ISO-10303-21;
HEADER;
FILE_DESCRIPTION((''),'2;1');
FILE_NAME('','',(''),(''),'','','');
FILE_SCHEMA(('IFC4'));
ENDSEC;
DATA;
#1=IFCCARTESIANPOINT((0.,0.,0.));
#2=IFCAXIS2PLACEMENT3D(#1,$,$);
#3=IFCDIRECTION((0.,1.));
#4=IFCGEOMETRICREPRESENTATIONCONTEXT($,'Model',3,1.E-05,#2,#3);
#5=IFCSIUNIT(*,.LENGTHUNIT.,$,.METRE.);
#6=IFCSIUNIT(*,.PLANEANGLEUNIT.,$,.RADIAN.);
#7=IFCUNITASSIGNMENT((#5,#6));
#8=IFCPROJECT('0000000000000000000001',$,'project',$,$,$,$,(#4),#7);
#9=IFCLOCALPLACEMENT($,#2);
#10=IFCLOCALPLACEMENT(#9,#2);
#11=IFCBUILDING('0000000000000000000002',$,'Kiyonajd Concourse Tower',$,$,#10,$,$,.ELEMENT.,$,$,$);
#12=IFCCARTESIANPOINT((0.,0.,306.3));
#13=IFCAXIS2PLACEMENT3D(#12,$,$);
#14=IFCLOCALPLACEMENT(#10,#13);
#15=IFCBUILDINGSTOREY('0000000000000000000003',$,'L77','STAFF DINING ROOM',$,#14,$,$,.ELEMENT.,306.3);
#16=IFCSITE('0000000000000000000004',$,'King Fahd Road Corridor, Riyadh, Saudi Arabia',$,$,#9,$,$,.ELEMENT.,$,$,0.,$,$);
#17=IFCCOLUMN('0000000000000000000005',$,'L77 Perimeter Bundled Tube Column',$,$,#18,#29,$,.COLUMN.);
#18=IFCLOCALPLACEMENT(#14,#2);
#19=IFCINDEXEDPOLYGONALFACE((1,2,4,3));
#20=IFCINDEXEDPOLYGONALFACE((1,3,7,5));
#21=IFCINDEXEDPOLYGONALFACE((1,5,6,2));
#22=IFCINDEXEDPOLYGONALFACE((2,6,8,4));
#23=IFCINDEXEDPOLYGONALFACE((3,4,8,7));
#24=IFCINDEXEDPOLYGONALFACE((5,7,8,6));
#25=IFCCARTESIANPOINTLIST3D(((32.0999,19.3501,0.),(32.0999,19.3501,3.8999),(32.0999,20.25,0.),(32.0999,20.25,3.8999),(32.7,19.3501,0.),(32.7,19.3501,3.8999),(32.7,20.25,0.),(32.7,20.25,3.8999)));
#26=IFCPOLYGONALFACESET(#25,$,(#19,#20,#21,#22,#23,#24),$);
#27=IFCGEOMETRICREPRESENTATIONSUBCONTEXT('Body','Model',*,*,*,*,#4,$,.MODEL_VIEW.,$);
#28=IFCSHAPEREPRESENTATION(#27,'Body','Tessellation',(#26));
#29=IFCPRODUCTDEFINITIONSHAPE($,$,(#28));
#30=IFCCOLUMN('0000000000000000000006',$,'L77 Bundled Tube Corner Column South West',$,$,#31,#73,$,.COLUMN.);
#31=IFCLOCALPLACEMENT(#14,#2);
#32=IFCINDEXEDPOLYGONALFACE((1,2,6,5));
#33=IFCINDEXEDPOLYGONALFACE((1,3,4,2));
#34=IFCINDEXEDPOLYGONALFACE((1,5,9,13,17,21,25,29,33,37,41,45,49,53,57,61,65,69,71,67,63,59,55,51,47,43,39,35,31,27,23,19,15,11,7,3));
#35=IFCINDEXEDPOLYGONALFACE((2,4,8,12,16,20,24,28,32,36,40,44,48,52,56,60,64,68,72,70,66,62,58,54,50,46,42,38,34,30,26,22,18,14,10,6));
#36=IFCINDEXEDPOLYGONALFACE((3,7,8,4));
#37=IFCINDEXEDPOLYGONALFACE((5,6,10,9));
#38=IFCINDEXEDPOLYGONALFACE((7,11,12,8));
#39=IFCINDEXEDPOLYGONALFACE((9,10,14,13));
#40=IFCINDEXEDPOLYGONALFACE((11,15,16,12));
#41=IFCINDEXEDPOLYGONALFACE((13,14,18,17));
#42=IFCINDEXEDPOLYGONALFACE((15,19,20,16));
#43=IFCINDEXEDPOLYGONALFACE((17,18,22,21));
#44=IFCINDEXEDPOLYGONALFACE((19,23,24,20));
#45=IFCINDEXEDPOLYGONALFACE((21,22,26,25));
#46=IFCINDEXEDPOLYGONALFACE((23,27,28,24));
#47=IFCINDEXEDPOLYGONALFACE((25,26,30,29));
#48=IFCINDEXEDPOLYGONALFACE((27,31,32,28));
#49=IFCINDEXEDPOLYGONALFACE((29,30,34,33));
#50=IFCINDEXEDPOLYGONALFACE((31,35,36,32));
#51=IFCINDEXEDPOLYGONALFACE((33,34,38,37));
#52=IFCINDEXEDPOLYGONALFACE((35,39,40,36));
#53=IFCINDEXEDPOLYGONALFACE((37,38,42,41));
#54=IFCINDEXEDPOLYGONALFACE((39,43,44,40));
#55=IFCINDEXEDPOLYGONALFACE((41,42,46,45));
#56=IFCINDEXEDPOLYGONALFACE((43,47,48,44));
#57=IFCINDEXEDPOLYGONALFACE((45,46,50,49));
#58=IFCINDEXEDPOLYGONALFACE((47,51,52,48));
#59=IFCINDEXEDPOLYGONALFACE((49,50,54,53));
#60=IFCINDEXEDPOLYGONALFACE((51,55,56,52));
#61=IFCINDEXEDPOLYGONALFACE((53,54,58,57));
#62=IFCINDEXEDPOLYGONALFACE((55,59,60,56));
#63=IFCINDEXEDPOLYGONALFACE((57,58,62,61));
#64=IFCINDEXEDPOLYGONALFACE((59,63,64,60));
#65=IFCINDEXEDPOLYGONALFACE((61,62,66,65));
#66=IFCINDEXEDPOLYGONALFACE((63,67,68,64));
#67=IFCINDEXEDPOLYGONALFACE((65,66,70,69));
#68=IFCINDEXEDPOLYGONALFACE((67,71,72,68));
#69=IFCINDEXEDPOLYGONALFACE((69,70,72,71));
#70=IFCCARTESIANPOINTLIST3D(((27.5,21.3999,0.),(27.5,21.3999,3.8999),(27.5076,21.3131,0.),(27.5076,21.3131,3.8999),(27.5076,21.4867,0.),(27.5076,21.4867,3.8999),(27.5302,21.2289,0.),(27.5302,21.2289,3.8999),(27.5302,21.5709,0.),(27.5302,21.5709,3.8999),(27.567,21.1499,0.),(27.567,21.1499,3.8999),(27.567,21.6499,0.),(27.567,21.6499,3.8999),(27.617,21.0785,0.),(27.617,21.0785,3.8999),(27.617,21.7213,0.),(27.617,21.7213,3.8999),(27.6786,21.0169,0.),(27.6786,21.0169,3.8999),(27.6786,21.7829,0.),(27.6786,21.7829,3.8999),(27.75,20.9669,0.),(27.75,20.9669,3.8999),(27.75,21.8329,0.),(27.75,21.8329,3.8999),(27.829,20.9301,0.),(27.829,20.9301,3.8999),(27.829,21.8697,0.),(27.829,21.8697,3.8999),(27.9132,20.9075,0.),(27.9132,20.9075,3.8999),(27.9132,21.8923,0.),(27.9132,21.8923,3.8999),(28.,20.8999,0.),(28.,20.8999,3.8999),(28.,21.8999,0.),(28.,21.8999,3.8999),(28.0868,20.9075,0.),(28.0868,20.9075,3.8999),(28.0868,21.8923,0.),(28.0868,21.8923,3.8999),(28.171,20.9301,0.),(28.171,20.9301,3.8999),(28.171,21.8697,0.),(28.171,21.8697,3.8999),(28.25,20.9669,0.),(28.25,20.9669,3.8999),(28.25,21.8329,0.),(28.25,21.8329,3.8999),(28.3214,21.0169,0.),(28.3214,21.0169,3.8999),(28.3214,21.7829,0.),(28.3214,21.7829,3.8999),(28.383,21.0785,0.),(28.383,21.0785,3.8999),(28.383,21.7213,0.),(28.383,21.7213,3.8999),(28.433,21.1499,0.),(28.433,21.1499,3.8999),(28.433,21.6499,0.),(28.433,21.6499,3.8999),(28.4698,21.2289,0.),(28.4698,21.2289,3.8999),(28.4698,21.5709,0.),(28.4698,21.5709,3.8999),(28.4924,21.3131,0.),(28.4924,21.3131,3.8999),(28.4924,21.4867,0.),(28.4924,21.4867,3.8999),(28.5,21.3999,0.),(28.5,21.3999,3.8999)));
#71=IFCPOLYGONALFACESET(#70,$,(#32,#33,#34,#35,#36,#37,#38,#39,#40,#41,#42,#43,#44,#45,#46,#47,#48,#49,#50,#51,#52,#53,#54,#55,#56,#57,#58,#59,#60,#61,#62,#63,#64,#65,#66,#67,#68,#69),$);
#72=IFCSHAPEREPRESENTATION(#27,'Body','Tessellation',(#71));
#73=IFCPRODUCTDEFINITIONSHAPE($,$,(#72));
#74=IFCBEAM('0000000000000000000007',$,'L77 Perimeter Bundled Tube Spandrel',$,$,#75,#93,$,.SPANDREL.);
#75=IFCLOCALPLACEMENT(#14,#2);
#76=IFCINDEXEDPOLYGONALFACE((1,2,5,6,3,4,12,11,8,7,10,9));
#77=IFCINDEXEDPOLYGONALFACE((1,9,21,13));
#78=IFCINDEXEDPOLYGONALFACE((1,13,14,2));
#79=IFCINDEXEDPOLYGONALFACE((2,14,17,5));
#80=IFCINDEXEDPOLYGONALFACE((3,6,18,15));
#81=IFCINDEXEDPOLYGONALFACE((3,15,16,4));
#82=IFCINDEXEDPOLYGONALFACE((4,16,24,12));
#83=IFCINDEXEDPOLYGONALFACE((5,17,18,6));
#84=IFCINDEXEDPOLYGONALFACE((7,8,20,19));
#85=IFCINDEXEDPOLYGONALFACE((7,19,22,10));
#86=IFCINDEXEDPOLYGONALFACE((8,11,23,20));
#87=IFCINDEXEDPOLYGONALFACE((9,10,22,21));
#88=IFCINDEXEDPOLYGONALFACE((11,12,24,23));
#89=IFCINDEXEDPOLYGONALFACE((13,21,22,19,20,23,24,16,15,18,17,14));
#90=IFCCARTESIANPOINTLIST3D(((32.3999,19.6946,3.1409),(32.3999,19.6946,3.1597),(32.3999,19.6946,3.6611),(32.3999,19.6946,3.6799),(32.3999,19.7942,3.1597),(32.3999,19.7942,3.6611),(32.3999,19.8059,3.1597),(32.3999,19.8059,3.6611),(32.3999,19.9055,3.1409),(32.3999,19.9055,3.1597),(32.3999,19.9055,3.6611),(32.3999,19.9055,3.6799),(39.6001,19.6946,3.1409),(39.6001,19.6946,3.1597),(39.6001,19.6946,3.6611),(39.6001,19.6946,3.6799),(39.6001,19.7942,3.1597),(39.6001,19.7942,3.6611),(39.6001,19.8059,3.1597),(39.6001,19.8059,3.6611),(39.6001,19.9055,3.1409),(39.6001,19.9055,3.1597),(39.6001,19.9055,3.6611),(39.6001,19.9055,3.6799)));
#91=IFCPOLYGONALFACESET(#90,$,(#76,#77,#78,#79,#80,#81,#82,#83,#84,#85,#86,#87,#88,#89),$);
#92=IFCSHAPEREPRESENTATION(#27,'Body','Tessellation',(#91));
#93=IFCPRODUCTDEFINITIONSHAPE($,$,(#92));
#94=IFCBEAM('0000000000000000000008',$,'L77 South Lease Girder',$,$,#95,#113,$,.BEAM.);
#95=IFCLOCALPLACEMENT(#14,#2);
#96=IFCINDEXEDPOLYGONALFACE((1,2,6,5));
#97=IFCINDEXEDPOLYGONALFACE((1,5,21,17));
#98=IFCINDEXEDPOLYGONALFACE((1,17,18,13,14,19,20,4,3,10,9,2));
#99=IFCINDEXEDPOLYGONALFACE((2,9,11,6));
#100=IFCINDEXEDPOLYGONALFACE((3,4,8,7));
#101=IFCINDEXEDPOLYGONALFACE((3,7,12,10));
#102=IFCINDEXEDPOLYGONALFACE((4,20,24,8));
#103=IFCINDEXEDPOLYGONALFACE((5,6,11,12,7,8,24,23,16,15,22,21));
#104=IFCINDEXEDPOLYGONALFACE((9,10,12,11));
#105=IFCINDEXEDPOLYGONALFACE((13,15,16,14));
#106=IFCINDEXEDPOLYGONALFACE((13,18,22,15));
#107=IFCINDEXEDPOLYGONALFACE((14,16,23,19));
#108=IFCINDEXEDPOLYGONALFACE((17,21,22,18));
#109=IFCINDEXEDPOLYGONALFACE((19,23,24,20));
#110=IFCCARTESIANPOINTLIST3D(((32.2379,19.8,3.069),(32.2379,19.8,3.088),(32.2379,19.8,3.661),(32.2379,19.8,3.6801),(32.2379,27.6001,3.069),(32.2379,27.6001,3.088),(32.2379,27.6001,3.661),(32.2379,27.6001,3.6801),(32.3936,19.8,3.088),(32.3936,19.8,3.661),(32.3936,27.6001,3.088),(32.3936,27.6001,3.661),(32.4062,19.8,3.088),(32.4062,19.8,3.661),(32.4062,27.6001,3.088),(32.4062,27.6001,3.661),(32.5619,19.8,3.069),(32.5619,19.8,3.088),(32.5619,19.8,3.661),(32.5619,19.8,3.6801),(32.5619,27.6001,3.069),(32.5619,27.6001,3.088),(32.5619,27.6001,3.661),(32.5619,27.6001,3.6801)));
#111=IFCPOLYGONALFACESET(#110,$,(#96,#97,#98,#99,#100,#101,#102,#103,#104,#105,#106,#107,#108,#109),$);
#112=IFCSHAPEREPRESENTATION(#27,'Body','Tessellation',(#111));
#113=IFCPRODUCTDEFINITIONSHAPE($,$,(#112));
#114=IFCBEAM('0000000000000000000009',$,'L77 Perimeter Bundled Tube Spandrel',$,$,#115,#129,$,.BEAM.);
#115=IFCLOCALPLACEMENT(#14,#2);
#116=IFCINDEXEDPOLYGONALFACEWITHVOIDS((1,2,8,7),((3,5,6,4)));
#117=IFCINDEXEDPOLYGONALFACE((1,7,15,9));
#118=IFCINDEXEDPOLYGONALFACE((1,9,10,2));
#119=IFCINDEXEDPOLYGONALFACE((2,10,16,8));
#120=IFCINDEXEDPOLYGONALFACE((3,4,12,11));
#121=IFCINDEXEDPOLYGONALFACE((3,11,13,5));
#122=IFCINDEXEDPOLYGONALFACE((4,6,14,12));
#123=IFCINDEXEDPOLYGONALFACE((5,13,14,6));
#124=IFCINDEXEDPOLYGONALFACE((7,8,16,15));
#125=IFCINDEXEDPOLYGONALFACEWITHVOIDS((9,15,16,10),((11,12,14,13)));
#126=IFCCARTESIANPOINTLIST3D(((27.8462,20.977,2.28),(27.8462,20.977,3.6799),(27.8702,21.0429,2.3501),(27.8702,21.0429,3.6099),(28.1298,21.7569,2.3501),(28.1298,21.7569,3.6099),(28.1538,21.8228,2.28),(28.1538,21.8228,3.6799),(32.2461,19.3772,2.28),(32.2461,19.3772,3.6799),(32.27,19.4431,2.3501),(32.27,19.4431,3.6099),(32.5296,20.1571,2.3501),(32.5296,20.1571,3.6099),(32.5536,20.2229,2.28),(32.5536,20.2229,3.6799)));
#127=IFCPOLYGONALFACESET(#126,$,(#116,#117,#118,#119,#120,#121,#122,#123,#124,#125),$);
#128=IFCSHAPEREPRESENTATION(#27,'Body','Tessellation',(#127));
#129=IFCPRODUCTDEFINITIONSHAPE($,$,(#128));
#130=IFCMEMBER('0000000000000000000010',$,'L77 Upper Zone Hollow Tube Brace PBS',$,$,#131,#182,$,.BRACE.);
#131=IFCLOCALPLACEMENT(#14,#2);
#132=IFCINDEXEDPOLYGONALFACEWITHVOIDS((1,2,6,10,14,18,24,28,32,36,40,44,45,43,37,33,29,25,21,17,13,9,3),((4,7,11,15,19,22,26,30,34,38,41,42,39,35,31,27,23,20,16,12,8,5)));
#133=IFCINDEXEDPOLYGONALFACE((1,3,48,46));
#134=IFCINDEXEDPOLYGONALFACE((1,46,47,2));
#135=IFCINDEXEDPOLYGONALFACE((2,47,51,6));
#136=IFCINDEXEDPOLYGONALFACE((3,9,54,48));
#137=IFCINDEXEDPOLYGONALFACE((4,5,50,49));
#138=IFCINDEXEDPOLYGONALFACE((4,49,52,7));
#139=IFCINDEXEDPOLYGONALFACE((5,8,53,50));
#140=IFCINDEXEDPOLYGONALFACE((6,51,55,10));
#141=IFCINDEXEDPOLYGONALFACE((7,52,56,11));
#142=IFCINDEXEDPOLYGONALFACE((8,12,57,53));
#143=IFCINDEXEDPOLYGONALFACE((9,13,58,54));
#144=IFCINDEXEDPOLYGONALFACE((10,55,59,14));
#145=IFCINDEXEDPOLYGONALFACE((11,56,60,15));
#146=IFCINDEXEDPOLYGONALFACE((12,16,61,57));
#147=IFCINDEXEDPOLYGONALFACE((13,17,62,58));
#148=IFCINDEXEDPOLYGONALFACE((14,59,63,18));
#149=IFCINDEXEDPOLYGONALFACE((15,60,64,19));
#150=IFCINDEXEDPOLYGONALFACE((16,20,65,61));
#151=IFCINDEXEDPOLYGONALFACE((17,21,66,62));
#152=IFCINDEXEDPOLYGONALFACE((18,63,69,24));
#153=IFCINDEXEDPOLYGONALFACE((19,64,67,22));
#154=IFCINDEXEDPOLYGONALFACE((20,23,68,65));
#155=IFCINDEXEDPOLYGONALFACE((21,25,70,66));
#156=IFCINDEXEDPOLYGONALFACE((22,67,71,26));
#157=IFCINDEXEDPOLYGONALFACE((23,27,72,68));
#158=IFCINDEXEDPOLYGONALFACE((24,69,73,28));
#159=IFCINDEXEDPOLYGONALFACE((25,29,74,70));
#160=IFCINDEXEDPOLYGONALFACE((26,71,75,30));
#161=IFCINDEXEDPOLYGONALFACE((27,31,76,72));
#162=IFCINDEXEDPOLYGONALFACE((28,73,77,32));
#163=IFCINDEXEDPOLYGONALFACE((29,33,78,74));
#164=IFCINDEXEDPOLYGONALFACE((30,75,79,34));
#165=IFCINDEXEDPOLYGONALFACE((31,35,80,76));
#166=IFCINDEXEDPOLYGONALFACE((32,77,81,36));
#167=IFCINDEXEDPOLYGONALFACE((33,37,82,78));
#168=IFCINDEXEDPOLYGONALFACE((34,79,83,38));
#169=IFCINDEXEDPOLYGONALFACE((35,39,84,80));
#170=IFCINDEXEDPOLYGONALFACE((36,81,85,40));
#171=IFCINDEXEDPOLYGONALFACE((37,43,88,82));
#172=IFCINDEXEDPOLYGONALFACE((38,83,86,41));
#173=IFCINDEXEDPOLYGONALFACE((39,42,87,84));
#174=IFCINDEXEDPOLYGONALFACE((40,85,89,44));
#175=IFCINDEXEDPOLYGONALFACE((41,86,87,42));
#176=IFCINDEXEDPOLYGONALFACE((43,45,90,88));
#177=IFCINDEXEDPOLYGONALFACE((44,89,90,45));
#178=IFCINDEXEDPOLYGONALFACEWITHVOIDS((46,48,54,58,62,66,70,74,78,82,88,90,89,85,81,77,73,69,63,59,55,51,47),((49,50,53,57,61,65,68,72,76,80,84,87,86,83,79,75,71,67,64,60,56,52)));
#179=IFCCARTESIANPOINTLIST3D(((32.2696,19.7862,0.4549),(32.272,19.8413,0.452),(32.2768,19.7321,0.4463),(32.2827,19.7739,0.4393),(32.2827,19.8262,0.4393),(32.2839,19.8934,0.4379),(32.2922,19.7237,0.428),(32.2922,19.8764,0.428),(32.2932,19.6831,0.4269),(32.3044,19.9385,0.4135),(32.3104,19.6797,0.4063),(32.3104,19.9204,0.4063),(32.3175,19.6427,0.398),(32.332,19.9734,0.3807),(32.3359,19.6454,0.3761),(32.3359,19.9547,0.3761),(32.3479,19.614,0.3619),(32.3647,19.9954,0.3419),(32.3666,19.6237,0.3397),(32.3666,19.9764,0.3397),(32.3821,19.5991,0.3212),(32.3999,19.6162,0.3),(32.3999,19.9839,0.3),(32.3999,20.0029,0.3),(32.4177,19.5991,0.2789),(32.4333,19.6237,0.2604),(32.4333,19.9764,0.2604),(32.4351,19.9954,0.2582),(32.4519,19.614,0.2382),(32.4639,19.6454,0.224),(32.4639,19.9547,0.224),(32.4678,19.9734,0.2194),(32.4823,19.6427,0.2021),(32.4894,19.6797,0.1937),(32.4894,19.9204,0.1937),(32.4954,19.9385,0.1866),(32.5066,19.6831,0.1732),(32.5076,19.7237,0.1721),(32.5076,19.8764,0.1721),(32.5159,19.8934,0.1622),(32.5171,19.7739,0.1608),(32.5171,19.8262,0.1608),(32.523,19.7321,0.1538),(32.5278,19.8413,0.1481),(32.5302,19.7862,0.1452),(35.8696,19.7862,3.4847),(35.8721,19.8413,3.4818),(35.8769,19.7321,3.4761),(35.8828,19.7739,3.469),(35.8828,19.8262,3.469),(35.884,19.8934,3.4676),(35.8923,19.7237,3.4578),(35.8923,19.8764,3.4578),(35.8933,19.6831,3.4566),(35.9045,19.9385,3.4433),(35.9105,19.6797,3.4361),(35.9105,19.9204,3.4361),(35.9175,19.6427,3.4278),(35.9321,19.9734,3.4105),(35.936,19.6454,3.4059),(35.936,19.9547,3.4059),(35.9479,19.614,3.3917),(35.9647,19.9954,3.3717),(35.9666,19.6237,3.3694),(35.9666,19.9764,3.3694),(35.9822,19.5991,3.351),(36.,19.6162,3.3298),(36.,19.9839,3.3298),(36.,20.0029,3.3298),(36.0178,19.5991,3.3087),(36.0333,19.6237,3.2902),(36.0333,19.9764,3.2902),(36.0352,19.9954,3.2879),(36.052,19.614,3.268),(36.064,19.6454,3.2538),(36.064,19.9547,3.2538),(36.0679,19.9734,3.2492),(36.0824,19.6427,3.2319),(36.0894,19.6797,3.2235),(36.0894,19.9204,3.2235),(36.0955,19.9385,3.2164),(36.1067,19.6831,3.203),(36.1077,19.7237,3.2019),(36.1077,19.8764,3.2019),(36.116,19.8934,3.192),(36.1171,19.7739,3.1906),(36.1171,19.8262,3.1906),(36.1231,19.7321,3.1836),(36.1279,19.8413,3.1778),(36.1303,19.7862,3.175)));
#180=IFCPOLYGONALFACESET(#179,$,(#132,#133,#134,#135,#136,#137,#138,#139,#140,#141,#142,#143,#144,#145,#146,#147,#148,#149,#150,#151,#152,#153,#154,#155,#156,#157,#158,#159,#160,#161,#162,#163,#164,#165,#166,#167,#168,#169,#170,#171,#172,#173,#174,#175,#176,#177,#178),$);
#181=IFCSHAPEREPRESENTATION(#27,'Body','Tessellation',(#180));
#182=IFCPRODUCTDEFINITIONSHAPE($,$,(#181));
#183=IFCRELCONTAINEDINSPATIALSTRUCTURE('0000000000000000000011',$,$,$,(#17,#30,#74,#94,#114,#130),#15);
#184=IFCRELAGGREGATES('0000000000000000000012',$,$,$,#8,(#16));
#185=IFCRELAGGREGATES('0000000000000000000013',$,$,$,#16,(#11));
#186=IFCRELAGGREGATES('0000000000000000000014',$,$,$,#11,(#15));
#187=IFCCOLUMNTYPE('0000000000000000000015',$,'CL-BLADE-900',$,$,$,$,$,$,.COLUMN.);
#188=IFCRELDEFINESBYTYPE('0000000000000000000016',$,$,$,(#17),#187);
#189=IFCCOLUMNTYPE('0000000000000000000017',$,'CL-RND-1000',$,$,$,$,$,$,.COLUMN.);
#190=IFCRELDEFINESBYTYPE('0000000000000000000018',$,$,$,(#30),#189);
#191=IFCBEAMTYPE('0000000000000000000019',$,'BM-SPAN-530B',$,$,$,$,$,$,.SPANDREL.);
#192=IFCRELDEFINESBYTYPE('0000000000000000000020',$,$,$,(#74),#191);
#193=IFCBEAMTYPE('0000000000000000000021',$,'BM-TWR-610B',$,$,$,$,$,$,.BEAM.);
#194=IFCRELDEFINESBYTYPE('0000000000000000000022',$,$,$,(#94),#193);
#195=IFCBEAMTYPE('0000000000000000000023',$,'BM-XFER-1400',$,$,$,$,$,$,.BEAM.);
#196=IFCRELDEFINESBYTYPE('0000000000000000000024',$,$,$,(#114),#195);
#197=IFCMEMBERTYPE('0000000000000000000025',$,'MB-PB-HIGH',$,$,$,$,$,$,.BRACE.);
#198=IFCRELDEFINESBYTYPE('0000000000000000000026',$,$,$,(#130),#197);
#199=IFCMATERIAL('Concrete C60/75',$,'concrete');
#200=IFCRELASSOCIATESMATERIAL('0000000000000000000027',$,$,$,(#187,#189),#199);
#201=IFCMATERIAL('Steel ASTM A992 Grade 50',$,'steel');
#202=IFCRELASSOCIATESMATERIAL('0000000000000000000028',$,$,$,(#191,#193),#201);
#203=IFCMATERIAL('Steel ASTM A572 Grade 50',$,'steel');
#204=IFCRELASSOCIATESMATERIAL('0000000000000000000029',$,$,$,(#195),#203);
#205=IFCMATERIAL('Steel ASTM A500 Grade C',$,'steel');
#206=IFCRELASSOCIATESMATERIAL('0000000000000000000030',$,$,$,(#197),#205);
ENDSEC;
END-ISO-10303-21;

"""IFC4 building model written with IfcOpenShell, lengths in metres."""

from ifc_helpers import new_model, si_unit, direction, frame, origin, origin_2d, place, context, subcontext, project, spatial, rectangle, hollow_rectangle, circle, hollow_circle, i_section, extrude, material, material_profile, profile_set, type_object, element, save


model = new_model("IFC4")

# Units and contexts
model_context = context("Model", 3, precision=1e-05, world=origin(), true_north=direction((0.0, 1.0)))
body_context = subcontext(model_context, "Body", "Model", "MODEL_VIEW")
ifc_project = project(units=[si_unit("LENGTHUNIT", "METRE"), si_unit("PLANEANGLEUNIT", "RADIAN")], contexts=[model_context])

# Site, building, storey
site_placement = place(None, origin())
site = spatial("IfcSite", under=ifc_project, at=site_placement, Name="King Fahd Road Corridor, Riyadh, Saudi Arabia", CompositionType="ELEMENT", RefElevation=0.0)
building_placement = place(site_placement, origin())
building = spatial("IfcBuilding", under=site, at=building_placement, Name="Kiyonajd Concourse Tower", CompositionType="ELEMENT")
storey_placement = place(building_placement, frame((0.0, 0.0, 306.3)))
storey = spatial("IfcBuildingStorey", under=building, at=storey_placement, Name="L77", Description="STAFF DINING ROOM", CompositionType="ELEMENT", Elevation=306.3)

# Columns
ifc_material_1 = material(Name="Concrete C60/75", Category="concrete")
ifc_material_profile_1 = material_profile(ifc_material_1, rectangle(XDim=0.6001, YDim=0.8999, at=origin_2d()), Name="RC-900x600")
ifc_profile_set_1 = profile_set([ifc_material_profile_1], Name="Concrete C60/75")
column_type_1 = type_object("IfcColumnType", Name="CL-BLADE-900", PredefinedType="COLUMN", material=ifc_profile_set_1)
column_1_placement = place(storey_placement, frame((32.3999, 19.8, 0.0), z_axis=(0.0, 0.0, 1.0), x_axis=(1.0, 0.0, 0.0)))
element("IfcColumn", 1, at=column_1_placement, inside=storey, type_object=column_type_1, Name="L77 Perimeter Bundled Tube Column", PredefinedType="COLUMN", context=body_context, shape_type="SweptSolid", body=[
    extrude(rectangle(XDim=0.6001, YDim=0.8999, at=origin_2d()), origin(), (0.0, 0.0, 1.0), 3.8999),
])
ifc_material_profile_2 = material_profile(ifc_material_1, circle(Radius=0.5, at=origin_2d()), Name="RCC-D1000")
ifc_profile_set_2 = profile_set([ifc_material_profile_2], Name="Concrete C60/75")
column_type_2 = type_object("IfcColumnType", Name="CL-RND-1000", PredefinedType="COLUMN", material=ifc_profile_set_2)
column_2_placement = place(storey_placement, frame((28.0, 21.3999, 0.0), z_axis=(0.0, 0.0, 1.0), x_axis=(1.0, 0.0, 0.0)))
element("IfcColumn", 2, at=column_2_placement, inside=storey, type_object=column_type_2, Name="L77 Bundled Tube Corner Column South West", PredefinedType="COLUMN", context=body_context, shape_type="SweptSolid", body=[
    extrude(circle(Radius=0.5, at=origin_2d()), origin(), (0.0, 0.0, 1.0), 3.8999),
])

# Beams
ifc_material_2 = material(Name="Steel ASTM A992 Grade 50", Category="steel")
ifc_material_profile_3 = material_profile(ifc_material_2, i_section(OverallWidth=0.2109, OverallDepth=0.5391, WebThickness=0.0117, FlangeThickness=0.0188, at=origin_2d()), Name="W530X109")
ifc_profile_set_3 = profile_set([ifc_material_profile_3], Name="Steel ASTM A992 Grade 50")
beam_type_1 = type_object("IfcBeamType", Name="BM-SPAN-530B", PredefinedType="SPANDREL", material=ifc_profile_set_3)
beam_1_placement = place(storey_placement, frame((32.3999, 19.8, 3.4104), z_axis=(1.0, 0.0, 0.0), x_axis=(0.0, 1.0, 0.0)))
element("IfcBeam", 3, at=beam_1_placement, inside=storey, type_object=beam_type_1, Name="L77 Perimeter Bundled Tube Spandrel", PredefinedType="SPANDREL", context=body_context, shape_type="SweptSolid", body=[
    extrude(i_section(OverallWidth=0.2109, OverallDepth=0.5391, WebThickness=0.0117, FlangeThickness=0.0188, at=origin_2d()), origin(), (0.0, 0.0, 1.0), 7.2002),
])
ifc_material_profile_4 = material_profile(ifc_material_2, i_section(OverallWidth=0.324, OverallDepth=0.6111, WebThickness=0.0127, FlangeThickness=0.019, at=origin_2d()), Name="W610X155")
ifc_profile_set_4 = profile_set([ifc_material_profile_4], Name="Steel ASTM A992 Grade 50")
beam_type_2 = type_object("IfcBeamType", Name="BM-TWR-610B", PredefinedType="BEAM", material=ifc_profile_set_4)
beam_2_placement = place(storey_placement, frame((32.3999, 19.8, 3.3745), z_axis=(0.0, 1.0, 0.0), x_axis=(-1.0, 0.0, 0.0)))
element("IfcBeam", 4, at=beam_2_placement, inside=storey, type_object=beam_type_2, Name="L77 South Lease Girder", PredefinedType="BEAM", context=body_context, shape_type="SweptSolid", body=[
    extrude(i_section(OverallWidth=0.324, OverallDepth=0.6111, WebThickness=0.0127, FlangeThickness=0.019, at=origin_2d()), origin(), (0.0, 0.0, 1.0), 7.8),
])
ifc_material_3 = material(Name="Steel ASTM A572 Grade 50", Category="steel")
ifc_material_profile_5 = material_profile(ifc_material_3, hollow_rectangle(XDim=0.8999, YDim=1.3999, WallThickness=0.0701, at=origin_2d()), Name="BOX-1400x900x70")
ifc_profile_set_5 = profile_set([ifc_material_profile_5], Name="Steel ASTM A572 Grade 50")
beam_type_3 = type_object("IfcBeamType", Name="BM-XFER-1400", PredefinedType="BEAM", material=ifc_profile_set_5)
beam_3_placement = place(storey_placement, frame((28.0, 21.3999, 2.98), z_axis=(0.939801, -0.341722, 0.0), x_axis=(0.341722, 0.939801, 0.0)))
element("IfcBeam", 5, at=beam_3_placement, inside=storey, type_object=beam_type_3, Name="L77 Perimeter Bundled Tube Spandrel", PredefinedType="BEAM", context=body_context, shape_type="SweptSolid", body=[
    extrude(hollow_rectangle(XDim=0.8999, YDim=1.3999, WallThickness=0.0701, at=origin_2d()), origin(), (0.0, 0.0, 1.0), 4.6816),
])

# Member
ifc_material_4 = material(Name="Steel ASTM A500 Grade C", Category="steel")
ifc_material_profile_6 = material_profile(ifc_material_4, hollow_circle(Radius=0.2029, WallThickness=0.019, at=origin_2d()), Name="CHS-406x19")
ifc_profile_set_6 = profile_set([ifc_material_profile_6], Name="Steel ASTM A500 Grade C")
member_type = type_object("IfcMemberType", Name="MB-PB-HIGH", PredefinedType="BRACE", material=ifc_profile_set_6)
member_placement = place(storey_placement, frame((32.3999, 19.8, 0.3), z_axis=(0.765108, 0.0, 0.643902), x_axis=(0.0, 1.0, 0.0)))
element("IfcMember", 6, at=member_placement, inside=storey, type_object=member_type, Name="L77 Upper Zone Hollow Tube Brace PBS", PredefinedType="BRACE", context=body_context, shape_type="SweptSolid", body=[
    extrude(hollow_circle(Radius=0.2029, WallThickness=0.019, at=origin_2d()), origin(), (0.0, 0.0, 1.0), 4.7053),
])

save(model, "model.ifc")
